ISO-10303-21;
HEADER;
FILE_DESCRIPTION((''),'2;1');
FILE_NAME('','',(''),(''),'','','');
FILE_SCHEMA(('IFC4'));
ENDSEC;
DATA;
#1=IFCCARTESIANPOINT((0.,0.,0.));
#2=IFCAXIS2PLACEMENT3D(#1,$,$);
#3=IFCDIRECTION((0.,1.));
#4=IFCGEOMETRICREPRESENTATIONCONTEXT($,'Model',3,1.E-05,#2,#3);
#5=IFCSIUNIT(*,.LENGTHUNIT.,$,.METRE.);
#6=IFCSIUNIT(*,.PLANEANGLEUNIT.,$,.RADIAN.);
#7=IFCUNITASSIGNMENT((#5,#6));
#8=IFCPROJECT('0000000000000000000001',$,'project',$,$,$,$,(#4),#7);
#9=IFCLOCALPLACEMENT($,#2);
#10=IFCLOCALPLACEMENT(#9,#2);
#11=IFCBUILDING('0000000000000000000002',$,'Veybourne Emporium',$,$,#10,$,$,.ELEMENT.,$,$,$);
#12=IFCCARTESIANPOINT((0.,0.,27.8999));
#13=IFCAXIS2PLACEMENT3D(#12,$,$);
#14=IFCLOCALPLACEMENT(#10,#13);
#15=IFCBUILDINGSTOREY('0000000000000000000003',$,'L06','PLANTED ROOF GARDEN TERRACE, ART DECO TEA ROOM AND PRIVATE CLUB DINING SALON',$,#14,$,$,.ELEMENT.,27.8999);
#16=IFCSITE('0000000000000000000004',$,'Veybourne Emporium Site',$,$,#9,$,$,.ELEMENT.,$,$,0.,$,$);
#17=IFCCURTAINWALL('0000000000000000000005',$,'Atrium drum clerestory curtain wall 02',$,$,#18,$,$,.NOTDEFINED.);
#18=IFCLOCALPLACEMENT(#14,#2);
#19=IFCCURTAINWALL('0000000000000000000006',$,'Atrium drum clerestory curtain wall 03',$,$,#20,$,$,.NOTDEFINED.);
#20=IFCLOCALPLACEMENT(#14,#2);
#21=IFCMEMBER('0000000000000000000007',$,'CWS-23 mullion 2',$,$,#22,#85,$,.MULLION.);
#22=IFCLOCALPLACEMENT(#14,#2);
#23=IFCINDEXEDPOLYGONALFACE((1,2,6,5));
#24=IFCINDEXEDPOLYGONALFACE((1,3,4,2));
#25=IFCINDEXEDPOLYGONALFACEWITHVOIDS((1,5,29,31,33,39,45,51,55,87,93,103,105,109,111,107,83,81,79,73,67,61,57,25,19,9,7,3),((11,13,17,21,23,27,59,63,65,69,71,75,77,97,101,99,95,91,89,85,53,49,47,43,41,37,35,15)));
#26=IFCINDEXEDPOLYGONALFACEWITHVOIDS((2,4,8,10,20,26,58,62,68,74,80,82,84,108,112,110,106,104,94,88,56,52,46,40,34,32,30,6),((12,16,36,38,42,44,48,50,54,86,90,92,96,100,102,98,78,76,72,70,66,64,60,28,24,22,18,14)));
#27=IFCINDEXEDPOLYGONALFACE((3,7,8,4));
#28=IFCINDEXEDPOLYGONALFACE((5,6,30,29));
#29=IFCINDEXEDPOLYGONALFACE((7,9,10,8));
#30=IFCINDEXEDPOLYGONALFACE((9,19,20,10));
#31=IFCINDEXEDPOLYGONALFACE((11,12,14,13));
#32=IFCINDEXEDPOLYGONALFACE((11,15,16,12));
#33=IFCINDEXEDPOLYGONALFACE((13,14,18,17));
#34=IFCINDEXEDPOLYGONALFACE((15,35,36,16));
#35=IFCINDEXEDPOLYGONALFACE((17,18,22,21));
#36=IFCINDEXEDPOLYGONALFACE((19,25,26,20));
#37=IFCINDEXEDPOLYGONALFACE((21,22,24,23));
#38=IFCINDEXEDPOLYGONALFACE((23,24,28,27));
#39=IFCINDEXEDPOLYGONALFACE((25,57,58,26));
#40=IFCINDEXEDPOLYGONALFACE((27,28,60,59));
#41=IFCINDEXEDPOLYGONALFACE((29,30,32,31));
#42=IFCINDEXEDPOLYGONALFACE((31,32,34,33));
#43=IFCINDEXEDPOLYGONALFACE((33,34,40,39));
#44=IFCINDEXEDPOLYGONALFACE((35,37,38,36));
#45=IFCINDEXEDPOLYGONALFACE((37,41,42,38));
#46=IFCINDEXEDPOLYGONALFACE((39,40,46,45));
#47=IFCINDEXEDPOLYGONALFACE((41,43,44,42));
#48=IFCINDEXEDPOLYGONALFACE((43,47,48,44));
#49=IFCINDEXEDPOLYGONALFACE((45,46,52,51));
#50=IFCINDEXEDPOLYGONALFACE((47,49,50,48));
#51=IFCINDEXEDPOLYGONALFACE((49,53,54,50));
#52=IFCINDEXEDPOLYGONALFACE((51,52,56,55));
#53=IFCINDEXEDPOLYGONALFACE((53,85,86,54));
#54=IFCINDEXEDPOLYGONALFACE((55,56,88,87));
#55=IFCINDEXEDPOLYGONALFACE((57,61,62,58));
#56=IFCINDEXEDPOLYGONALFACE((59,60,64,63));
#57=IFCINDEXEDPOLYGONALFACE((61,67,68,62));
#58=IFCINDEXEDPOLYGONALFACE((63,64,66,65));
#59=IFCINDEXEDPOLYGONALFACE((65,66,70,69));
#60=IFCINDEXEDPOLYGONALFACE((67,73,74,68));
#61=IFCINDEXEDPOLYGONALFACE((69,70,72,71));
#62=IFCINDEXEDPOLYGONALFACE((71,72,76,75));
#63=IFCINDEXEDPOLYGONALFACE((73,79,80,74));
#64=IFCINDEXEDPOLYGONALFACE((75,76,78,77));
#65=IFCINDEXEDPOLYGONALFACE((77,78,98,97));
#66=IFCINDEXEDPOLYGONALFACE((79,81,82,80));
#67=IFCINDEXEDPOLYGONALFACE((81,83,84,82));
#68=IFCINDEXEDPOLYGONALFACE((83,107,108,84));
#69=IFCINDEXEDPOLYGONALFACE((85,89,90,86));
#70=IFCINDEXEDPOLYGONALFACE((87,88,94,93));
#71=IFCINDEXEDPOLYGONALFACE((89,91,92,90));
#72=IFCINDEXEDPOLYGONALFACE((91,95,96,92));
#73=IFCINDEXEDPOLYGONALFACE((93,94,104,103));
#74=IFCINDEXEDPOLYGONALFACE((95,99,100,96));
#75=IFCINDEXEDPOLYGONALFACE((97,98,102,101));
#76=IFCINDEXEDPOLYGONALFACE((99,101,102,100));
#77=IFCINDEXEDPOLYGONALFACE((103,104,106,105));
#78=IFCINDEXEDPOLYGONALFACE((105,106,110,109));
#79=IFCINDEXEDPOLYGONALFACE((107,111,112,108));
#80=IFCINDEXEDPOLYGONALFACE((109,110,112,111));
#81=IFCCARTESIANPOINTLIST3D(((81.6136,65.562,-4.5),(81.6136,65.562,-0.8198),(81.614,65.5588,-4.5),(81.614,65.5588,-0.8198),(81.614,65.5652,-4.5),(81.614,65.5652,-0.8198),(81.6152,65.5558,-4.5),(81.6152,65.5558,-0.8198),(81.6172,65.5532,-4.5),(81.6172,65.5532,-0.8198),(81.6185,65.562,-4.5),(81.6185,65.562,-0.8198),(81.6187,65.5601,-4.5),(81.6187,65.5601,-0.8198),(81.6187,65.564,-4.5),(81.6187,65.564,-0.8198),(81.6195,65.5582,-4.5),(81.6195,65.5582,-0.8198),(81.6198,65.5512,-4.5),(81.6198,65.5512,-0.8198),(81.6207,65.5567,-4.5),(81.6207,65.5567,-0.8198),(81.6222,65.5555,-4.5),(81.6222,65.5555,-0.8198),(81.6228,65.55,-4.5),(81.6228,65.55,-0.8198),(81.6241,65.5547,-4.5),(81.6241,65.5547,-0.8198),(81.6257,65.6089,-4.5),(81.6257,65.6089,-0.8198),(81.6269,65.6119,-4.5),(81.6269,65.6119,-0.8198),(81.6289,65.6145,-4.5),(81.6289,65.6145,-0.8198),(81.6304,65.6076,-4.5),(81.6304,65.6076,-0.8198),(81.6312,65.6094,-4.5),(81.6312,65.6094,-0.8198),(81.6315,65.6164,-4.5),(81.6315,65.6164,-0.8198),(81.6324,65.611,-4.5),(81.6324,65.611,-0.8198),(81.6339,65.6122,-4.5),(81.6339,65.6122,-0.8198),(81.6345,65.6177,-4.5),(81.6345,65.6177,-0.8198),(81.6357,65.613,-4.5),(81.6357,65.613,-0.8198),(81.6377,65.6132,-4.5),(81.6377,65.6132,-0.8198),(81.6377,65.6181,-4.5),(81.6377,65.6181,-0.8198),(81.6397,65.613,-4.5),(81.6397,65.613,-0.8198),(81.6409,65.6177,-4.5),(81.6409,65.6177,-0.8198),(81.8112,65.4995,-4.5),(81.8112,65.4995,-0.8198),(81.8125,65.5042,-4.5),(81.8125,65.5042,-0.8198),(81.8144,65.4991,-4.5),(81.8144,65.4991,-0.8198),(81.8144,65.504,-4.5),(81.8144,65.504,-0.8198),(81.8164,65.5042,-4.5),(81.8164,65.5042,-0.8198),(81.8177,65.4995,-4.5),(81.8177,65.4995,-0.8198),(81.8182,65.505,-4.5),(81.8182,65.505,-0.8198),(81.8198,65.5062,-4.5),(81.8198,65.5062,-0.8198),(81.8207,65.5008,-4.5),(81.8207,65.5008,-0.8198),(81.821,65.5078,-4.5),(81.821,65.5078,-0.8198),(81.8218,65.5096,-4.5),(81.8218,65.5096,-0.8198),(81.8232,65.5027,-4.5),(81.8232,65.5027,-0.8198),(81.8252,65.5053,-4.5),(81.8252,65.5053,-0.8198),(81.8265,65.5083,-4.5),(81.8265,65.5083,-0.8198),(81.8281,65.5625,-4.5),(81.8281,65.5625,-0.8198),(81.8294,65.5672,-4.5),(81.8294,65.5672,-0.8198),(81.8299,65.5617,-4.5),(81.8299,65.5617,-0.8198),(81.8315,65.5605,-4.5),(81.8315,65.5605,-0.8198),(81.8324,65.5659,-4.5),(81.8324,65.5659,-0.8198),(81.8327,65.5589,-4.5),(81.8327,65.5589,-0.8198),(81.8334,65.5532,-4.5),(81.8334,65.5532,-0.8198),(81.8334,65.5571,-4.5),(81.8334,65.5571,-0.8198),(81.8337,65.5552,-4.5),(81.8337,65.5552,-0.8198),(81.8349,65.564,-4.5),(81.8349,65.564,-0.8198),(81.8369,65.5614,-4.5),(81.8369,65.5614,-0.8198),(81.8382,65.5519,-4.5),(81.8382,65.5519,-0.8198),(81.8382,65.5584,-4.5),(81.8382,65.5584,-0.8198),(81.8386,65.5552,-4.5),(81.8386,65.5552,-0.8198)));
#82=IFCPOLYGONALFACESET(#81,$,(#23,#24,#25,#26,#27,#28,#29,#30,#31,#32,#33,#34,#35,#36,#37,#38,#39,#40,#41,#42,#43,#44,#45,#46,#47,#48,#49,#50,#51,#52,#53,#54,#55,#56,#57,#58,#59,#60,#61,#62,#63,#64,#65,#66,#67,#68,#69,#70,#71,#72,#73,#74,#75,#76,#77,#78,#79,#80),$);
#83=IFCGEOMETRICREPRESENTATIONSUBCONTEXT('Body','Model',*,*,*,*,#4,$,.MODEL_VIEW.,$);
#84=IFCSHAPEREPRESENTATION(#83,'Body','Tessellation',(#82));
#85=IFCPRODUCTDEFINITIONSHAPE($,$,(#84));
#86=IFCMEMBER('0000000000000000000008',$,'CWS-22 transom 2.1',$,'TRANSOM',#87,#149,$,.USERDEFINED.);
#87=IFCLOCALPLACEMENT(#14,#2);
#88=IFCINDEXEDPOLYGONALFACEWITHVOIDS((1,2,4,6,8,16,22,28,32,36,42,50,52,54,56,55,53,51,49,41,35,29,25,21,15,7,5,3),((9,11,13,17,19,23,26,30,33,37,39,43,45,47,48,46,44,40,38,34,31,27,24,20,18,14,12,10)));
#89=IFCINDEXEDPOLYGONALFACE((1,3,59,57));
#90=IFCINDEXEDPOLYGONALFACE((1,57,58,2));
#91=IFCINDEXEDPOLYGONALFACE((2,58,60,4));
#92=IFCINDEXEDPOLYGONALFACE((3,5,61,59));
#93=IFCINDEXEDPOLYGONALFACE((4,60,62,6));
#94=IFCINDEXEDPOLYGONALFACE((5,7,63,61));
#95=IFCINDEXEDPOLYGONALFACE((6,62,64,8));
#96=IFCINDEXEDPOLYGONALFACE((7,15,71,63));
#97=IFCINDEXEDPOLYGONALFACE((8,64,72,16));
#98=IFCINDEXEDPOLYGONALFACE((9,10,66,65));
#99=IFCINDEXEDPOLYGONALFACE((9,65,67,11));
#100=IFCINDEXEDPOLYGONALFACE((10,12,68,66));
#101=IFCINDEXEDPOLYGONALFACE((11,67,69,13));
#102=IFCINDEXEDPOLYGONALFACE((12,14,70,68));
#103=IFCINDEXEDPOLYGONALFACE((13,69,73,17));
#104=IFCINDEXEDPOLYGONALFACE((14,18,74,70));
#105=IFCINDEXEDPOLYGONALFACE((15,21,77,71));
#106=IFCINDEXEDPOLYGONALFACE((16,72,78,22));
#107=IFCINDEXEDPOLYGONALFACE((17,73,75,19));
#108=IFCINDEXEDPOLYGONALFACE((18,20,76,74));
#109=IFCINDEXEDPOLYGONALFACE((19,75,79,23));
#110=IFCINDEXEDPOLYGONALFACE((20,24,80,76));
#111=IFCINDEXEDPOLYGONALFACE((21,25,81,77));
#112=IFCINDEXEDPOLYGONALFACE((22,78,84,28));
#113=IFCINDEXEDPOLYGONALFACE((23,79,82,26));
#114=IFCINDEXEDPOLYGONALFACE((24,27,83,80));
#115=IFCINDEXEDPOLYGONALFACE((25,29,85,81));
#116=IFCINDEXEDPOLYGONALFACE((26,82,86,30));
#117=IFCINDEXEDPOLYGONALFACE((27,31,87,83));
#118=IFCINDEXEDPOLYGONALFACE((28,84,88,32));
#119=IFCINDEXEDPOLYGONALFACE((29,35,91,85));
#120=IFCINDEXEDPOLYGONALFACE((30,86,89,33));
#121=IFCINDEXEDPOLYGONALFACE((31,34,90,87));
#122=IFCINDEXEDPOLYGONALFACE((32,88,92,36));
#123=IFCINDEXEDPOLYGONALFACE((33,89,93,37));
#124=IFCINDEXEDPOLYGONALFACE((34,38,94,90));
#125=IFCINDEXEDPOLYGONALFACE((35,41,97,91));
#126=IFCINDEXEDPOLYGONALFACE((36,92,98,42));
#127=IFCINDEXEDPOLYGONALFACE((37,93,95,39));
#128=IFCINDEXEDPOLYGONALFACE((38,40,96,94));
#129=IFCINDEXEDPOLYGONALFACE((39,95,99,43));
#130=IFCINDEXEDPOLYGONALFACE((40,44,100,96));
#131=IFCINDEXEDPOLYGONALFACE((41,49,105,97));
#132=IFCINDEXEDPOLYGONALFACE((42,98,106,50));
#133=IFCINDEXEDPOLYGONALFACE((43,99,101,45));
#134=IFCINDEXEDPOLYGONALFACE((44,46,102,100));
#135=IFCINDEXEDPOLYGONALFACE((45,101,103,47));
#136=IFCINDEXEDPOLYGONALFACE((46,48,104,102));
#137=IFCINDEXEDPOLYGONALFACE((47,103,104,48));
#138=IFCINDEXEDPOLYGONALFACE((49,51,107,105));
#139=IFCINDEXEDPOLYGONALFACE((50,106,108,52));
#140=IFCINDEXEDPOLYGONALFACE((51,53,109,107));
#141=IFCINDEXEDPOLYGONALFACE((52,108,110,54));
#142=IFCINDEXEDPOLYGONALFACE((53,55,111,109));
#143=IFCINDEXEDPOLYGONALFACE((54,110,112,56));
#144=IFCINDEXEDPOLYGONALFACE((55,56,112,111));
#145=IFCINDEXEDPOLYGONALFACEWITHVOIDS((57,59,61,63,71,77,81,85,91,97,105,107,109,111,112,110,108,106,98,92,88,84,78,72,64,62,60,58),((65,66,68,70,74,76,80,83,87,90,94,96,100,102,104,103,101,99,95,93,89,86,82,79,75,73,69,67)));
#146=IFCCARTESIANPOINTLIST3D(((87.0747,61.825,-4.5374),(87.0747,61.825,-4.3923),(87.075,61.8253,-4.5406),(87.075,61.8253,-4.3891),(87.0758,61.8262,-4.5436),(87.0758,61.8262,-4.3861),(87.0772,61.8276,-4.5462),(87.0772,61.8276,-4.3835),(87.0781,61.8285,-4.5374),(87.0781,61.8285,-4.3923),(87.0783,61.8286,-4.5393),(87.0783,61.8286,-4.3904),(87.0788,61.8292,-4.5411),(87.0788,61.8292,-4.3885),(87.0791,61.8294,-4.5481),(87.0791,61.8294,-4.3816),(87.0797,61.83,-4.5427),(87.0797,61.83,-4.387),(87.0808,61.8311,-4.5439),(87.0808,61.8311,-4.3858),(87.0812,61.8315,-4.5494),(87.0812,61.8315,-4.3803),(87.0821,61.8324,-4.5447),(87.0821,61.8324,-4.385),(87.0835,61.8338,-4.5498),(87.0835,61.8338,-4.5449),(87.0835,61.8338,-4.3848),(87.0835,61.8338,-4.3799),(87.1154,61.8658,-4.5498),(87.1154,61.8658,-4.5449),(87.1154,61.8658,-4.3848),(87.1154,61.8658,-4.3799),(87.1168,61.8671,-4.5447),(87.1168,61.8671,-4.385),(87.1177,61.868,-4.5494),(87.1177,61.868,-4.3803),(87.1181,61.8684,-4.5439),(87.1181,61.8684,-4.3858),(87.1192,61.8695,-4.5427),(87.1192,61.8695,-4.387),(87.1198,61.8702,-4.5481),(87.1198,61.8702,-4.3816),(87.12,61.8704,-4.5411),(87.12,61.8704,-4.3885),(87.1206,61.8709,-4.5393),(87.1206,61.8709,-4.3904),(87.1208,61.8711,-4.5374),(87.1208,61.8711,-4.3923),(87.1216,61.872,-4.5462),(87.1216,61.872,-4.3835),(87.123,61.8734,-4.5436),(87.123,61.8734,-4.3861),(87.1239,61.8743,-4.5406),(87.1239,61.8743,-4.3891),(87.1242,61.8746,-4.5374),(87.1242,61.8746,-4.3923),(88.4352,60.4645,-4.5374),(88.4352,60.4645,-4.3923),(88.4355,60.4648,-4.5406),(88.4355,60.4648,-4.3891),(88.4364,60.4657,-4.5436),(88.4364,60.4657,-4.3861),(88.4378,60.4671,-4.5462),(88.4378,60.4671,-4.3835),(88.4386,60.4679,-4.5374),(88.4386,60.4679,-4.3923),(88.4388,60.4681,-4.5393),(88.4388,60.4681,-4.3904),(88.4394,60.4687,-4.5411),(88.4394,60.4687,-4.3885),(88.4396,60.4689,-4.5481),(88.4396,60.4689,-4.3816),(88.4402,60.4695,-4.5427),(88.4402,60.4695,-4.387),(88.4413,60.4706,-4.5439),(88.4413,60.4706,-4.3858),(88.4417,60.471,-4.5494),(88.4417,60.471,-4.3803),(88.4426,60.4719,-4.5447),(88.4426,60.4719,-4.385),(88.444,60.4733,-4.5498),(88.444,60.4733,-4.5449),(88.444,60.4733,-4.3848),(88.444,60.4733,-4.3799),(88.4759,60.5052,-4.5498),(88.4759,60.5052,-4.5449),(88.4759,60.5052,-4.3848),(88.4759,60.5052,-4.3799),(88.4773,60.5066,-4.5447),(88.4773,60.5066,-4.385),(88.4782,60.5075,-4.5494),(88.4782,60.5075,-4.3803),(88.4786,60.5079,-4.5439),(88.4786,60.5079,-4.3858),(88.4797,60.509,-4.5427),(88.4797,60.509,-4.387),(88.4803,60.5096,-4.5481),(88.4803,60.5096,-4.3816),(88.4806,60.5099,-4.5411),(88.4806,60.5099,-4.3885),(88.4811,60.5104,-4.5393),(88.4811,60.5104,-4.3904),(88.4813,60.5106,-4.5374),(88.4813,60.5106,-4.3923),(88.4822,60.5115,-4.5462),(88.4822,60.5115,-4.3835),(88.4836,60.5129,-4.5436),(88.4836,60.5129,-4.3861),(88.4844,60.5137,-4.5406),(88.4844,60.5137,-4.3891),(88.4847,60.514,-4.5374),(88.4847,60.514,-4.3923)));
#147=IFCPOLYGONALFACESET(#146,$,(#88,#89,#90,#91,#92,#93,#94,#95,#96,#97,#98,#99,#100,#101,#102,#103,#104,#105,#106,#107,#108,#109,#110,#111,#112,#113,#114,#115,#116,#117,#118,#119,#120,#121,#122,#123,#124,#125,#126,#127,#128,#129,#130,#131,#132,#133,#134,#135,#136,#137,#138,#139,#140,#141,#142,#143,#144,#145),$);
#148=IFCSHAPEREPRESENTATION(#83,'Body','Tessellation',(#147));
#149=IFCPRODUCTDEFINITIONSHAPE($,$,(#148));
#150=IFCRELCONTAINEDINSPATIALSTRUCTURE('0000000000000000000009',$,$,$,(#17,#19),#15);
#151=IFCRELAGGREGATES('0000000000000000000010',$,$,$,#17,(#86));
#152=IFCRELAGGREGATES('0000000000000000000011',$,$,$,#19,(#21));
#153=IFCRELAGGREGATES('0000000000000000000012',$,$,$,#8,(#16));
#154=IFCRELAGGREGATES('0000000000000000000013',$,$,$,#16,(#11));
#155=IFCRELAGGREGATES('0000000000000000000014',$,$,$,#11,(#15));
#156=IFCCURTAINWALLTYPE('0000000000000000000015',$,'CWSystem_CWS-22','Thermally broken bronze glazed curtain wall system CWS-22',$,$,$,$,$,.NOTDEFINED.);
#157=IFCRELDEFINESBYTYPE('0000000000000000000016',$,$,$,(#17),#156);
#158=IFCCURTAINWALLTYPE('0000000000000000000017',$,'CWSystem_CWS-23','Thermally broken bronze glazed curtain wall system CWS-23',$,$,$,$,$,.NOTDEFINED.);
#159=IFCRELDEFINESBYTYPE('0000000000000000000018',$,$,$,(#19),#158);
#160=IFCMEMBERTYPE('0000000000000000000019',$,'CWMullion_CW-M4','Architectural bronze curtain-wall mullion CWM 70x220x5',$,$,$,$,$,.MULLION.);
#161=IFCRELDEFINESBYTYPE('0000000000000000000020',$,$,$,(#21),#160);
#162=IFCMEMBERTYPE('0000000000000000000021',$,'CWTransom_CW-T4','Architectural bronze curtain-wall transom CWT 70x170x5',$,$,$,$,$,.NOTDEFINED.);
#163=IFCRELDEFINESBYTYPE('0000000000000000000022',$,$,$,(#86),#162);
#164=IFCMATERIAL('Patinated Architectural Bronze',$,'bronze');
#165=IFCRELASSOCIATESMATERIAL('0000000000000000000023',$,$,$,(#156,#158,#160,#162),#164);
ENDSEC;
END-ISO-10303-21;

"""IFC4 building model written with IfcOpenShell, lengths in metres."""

from ifc_helpers import new_model, si_unit, direction, frame, origin, origin_2d, place, context, subcontext, project, spatial, hollow_rectangle, extrude, material, material_profile, profile_set, type_object, element, aggregate, save


model = new_model("IFC4")

# Units and contexts
model_context = context("Model", 3, precision=1e-05, world=origin(), true_north=direction((0.0, 1.0)))
body_context = subcontext(model_context, "Body", "Model", "MODEL_VIEW")
ifc_project = project(units=[si_unit("LENGTHUNIT", "METRE"), si_unit("PLANEANGLEUNIT", "RADIAN")], contexts=[model_context])

# Site, building, storey
site_placement = place(None, origin())
site = spatial("IfcSite", under=ifc_project, at=site_placement, Name="Veybourne Emporium Site", CompositionType="ELEMENT", RefElevation=0.0)
building_placement = place(site_placement, origin())
building = spatial("IfcBuilding", under=site, at=building_placement, Name="Veybourne Emporium", CompositionType="ELEMENT")
storey_placement = place(building_placement, frame((0.0, 0.0, 27.8999)))
storey = spatial("IfcBuildingStorey", under=building, at=storey_placement, Name="L06", Description="PLANTED ROOF GARDEN TERRACE, ART DECO TEA ROOM AND PRIVATE CLUB DINING SALON", CompositionType="ELEMENT", Elevation=27.8999)

# Curtain walls, member
ifc_material_1 = material(Name="Patinated Architectural Bronze", Category="bronze")
curtain_wall_type_1 = type_object("IfcCurtainWallType", Name="CWSystem_CWS-22", Description="Thermally broken bronze glazed curtain wall system CWS-22", PredefinedType="NOTDEFINED", material=ifc_material_1)
curtain_wall_1_placement = place(storey_placement, origin())
curtain_wall_1 = element("IfcCurtainWall", 1, at=curtain_wall_1_placement, inside=storey, type_object=curtain_wall_type_1, Name="Atrium drum clerestory curtain wall 02", PredefinedType="NOTDEFINED")
ifc_material_profile_1 = material_profile(ifc_material_1, hollow_rectangle(XDim=0.0701, YDim=0.22, WallThickness=0.0049, InnerFilletRadius=0.0076, OuterFilletRadius=0.0125, at=origin_2d()), Name="CWM 70x220x5")
ifc_profile_set_1 = profile_set([ifc_material_profile_1], Name="Patinated Architectural Bronze")
member_type_1 = type_object("IfcMemberType", Name="CWMullion_CW-M4", Description="Architectural bronze curtain-wall mullion CWM 70x220x5", PredefinedType="MULLION", material=ifc_profile_set_1)
curtain_wall_type_2 = type_object("IfcCurtainWallType", Name="CWSystem_CWS-23", Description="Thermally broken bronze glazed curtain wall system CWS-23", PredefinedType="NOTDEFINED", material=ifc_material_1)
curtain_wall_2_placement = place(storey_placement, origin())
curtain_wall_2 = element("IfcCurtainWall", 2, at=curtain_wall_2_placement, inside=storey, type_object=curtain_wall_type_2, Name="Atrium drum clerestory curtain wall 03", PredefinedType="NOTDEFINED")
member_1_placement = place(storey_placement, frame((81.7261, 65.5586, -4.5), z_axis=(0.0, 0.0, 1.0), x_axis=(-0.25882, -0.965926, 0.0)))
member_1 = element("IfcMember", 3, at=member_1_placement, type_object=member_type_1, Name="CWS-23 mullion 2", PredefinedType="MULLION", context=body_context, shape_type="SweptSolid", body=[
    extrude(hollow_rectangle(XDim=0.0701, YDim=0.22, WallThickness=0.0049, InnerFilletRadius=0.0076, OuterFilletRadius=0.0125, at=origin_2d()), origin(), (0.0, 0.0, 1.0), 3.6802),
])

# Member
ifc_material_profile_2 = material_profile(ifc_material_1, hollow_rectangle(XDim=0.0701, YDim=0.1699, WallThickness=0.0049, InnerFilletRadius=0.0076, OuterFilletRadius=0.0125, at=origin_2d()), Name="CWT 70x170x5")
ifc_profile_set_2 = profile_set([ifc_material_profile_2], Name="Patinated Architectural Bronze")
member_type_2 = type_object("IfcMemberType", Name="CWTransom_CW-T4", Description="Architectural bronze curtain-wall transom CWT 70x170x5", PredefinedType="NOTDEFINED", material=ifc_profile_set_2)
member_2_placement = place(storey_placement, frame((88.46, 60.4893, -4.4648), z_axis=(-0.707107, 0.707107, 0.0), x_axis=(-0.707107, -0.707107, 0.0)))
member_2 = element("IfcMember", 4, at=member_2_placement, type_object=member_type_2, Name="CWS-22 transom 2.1", ObjectType="TRANSOM", PredefinedType="USERDEFINED", context=body_context, shape_type="SweptSolid", body=[
    extrude(hollow_rectangle(XDim=0.0701, YDim=0.1699, WallThickness=0.0049, InnerFilletRadius=0.0076, OuterFilletRadius=0.0125, at=origin_2d()), origin(), (0.0, 0.0, 1.0), 1.9241),
])

aggregate(curtain_wall_1, [member_2])
aggregate(curtain_wall_2, [member_1])

save(model, "model.ifc")
